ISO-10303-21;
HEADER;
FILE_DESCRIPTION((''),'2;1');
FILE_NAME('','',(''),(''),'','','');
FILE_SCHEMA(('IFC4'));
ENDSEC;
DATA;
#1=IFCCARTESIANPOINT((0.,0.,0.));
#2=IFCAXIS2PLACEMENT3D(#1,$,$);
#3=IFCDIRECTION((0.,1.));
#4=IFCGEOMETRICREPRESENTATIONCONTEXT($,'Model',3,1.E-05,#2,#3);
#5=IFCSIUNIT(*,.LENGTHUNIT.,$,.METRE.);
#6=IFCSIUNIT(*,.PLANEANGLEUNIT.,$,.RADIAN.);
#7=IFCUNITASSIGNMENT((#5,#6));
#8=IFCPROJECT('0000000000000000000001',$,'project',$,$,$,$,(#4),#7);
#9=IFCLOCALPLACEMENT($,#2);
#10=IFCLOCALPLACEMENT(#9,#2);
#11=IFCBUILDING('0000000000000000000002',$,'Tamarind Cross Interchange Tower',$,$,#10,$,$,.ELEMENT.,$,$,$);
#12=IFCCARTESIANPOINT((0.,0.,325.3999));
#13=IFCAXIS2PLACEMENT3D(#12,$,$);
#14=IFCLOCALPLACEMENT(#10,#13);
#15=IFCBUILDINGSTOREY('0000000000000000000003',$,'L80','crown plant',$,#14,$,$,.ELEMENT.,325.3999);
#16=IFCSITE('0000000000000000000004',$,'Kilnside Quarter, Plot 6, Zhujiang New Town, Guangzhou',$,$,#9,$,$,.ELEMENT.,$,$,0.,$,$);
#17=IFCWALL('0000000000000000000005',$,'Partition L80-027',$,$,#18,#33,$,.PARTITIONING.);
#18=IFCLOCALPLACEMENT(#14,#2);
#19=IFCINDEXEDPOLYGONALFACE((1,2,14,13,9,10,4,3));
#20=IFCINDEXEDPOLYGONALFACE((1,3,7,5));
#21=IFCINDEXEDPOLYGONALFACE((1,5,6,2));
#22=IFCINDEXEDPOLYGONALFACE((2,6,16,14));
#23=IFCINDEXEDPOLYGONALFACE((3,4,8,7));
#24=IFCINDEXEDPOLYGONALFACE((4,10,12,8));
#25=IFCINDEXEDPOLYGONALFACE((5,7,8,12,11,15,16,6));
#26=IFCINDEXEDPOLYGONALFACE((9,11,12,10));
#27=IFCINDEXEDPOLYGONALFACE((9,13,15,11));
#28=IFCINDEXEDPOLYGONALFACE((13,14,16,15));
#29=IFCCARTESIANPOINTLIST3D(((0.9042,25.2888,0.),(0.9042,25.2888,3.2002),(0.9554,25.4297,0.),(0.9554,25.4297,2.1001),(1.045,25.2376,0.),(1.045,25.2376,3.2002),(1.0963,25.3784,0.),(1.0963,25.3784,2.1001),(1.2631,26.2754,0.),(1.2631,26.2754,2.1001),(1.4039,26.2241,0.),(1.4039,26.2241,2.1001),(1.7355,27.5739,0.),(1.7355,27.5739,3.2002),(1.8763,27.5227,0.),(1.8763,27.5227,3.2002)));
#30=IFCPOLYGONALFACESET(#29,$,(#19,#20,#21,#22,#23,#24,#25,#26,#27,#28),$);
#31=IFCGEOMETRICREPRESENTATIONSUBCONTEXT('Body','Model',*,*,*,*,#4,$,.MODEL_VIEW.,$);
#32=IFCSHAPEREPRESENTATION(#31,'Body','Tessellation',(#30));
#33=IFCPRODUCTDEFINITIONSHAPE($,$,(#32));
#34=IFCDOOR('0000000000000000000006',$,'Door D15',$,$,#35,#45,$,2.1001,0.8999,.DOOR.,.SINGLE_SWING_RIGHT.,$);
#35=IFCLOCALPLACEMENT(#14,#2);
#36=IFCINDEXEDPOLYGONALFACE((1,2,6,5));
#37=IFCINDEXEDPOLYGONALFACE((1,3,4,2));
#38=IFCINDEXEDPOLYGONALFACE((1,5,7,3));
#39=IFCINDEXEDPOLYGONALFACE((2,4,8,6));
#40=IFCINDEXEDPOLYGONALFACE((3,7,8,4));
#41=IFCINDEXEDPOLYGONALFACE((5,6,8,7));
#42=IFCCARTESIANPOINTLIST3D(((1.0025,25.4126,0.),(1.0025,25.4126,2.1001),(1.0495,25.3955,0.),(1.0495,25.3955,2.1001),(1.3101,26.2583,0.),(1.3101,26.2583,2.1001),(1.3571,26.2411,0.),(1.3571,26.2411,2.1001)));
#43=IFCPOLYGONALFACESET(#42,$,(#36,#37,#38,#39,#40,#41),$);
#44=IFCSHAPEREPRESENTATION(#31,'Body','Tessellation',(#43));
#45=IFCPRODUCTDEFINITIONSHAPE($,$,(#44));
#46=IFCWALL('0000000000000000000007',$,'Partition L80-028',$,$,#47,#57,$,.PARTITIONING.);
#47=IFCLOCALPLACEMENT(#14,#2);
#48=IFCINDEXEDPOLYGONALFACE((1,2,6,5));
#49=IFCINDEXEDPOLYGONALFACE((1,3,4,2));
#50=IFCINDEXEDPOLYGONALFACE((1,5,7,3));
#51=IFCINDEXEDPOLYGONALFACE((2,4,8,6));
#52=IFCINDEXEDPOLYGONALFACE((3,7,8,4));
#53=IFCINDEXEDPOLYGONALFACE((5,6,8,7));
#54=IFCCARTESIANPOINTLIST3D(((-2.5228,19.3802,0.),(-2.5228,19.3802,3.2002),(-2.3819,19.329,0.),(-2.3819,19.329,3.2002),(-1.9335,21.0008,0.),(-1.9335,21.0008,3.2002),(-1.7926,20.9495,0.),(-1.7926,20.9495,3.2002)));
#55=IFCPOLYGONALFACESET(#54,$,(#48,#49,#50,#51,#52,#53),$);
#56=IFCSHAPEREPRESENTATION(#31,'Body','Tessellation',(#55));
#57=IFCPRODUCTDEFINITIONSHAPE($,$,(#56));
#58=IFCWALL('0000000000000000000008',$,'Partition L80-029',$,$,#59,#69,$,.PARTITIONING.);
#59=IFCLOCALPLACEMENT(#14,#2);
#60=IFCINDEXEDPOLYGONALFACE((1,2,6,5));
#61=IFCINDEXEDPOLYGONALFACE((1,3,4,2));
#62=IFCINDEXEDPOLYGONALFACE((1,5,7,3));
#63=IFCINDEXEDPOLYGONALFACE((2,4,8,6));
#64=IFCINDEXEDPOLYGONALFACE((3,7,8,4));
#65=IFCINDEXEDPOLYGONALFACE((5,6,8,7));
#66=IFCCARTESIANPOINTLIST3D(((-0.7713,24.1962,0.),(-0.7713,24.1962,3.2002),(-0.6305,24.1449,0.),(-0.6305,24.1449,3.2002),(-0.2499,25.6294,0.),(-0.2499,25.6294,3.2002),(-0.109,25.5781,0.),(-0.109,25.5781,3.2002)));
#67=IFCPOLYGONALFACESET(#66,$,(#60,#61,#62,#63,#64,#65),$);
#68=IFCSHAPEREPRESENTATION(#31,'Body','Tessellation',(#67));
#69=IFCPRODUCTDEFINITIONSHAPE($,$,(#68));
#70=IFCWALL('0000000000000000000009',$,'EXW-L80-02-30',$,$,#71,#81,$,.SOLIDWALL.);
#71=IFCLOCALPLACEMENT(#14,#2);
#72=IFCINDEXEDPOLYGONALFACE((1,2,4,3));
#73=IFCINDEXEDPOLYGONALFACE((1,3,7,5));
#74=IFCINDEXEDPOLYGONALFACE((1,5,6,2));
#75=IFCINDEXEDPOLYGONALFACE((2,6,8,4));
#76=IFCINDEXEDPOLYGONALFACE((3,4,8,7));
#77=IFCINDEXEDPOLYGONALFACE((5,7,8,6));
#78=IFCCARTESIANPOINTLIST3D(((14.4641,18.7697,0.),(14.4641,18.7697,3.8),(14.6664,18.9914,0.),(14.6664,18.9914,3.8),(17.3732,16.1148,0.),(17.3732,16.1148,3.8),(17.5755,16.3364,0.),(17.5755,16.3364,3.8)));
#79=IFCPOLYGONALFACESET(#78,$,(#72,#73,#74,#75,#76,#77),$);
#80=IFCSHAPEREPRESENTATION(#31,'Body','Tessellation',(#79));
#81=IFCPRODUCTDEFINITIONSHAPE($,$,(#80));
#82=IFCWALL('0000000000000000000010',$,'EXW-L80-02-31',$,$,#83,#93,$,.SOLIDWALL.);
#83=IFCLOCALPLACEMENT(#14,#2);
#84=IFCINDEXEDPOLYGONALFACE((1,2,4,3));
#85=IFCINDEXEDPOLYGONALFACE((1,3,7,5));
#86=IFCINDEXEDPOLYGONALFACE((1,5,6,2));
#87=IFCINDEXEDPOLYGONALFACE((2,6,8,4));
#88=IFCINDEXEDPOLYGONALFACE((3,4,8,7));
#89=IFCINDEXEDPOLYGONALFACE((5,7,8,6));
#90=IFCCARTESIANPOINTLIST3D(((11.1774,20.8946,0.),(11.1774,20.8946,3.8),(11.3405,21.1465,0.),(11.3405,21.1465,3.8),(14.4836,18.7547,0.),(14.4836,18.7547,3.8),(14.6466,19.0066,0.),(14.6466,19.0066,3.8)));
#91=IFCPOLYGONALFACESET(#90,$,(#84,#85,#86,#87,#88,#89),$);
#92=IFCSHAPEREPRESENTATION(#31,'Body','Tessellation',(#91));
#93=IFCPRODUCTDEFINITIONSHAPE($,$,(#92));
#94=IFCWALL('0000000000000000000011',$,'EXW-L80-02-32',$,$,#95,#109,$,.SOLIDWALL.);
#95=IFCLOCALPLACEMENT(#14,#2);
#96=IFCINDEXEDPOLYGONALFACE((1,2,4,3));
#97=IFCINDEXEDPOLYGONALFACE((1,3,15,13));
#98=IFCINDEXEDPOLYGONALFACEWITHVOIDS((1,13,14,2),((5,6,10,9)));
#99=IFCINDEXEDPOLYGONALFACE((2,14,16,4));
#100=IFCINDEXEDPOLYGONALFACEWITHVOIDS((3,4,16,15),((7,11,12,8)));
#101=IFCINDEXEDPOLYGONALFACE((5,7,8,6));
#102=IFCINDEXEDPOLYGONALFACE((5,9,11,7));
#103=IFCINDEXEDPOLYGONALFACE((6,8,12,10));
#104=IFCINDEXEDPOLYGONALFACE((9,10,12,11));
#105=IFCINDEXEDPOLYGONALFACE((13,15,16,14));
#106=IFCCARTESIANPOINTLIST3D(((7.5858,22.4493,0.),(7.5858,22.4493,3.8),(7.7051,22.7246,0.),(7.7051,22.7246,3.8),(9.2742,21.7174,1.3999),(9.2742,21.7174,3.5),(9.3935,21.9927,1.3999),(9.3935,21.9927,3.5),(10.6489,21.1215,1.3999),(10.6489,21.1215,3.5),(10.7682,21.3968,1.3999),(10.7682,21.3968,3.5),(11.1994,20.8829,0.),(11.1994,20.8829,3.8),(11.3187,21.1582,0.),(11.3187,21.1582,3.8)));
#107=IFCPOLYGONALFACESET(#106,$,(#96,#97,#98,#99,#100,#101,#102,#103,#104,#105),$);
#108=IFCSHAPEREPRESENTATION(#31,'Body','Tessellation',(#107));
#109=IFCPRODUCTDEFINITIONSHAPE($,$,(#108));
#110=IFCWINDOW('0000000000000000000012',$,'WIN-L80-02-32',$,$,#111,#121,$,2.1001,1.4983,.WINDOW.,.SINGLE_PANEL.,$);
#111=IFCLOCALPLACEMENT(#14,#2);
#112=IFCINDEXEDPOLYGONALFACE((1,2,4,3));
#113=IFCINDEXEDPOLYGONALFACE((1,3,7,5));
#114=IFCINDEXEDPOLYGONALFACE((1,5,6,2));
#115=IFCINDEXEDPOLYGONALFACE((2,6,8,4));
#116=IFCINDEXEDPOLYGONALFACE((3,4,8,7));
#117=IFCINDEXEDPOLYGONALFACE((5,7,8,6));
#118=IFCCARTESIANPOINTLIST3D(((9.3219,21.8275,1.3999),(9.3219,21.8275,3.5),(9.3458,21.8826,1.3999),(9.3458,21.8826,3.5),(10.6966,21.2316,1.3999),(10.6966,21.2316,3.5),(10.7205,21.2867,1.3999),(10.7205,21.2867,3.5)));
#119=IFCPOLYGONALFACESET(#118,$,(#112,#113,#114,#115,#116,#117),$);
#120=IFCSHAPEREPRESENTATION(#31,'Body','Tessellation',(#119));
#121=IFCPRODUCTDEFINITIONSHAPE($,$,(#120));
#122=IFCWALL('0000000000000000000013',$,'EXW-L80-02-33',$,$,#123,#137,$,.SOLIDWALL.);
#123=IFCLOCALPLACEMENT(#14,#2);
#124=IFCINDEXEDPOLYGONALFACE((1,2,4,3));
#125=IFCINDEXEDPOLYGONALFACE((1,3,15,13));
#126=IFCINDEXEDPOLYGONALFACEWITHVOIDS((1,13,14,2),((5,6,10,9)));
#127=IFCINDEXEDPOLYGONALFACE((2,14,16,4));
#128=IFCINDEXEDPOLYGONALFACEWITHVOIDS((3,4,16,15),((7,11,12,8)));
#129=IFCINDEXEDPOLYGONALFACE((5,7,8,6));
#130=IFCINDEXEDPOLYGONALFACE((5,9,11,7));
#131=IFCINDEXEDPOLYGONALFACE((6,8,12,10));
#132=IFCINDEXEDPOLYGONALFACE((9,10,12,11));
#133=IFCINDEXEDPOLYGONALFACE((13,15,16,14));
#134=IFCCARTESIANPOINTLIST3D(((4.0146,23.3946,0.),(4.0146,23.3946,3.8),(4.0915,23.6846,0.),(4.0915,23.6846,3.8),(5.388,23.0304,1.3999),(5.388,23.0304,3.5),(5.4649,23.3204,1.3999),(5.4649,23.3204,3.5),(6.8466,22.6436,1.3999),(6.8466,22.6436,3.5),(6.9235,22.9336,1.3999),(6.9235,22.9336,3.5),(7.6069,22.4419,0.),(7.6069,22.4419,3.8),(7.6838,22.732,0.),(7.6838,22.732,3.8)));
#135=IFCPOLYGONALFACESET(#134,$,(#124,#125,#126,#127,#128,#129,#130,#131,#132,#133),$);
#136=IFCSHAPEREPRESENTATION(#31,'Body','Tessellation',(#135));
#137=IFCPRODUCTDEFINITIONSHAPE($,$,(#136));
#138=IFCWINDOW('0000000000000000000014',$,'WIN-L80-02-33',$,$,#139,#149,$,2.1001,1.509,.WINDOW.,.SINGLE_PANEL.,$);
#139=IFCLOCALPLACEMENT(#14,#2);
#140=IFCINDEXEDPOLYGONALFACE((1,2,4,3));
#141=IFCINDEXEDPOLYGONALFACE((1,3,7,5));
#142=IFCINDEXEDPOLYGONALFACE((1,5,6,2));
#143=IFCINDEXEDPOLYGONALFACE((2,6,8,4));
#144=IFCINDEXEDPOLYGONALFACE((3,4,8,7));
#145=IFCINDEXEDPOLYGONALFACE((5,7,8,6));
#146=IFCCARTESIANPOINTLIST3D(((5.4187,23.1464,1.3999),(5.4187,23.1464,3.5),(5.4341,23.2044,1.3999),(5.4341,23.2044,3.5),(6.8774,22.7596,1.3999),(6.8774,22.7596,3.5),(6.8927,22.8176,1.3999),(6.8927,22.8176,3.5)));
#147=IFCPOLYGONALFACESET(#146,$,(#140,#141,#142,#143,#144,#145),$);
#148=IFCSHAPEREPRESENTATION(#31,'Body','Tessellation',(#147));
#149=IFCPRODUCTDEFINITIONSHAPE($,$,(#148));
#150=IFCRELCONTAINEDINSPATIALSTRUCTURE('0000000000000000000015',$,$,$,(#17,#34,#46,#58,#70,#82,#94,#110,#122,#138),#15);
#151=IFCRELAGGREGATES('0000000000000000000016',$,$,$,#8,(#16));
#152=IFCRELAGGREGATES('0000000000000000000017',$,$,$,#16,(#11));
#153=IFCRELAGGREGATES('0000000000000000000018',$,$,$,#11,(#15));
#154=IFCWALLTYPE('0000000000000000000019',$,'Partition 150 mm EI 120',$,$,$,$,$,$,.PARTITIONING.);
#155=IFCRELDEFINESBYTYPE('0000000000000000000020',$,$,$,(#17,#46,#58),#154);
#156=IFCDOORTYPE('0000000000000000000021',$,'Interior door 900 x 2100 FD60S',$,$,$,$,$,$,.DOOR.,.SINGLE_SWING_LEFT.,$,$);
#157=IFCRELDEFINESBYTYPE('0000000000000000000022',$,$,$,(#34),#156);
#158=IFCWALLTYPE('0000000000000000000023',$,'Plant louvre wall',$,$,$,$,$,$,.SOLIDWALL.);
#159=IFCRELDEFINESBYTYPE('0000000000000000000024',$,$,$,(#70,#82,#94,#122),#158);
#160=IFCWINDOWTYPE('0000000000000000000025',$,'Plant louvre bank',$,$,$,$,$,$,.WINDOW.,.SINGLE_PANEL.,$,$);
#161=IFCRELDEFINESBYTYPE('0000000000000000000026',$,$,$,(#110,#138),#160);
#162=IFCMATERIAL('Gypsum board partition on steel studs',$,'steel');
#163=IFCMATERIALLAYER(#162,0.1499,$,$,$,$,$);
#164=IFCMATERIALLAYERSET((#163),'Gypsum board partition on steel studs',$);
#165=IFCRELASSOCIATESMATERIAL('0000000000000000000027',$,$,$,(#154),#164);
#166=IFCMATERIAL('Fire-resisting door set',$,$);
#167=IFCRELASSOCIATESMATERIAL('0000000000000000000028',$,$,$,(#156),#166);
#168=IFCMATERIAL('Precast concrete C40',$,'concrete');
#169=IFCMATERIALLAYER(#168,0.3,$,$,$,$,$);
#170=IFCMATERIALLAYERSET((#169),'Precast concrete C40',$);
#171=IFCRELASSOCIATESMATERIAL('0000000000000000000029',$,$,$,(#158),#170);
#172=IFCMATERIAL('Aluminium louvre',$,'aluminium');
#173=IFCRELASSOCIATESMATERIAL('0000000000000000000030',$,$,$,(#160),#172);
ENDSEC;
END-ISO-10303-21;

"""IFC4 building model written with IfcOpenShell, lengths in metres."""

from ifc_helpers import new_model, si_unit, direction, frame, frame_2d, origin, place, context, subcontext, project, spatial, rectangle, extrude, material, layer, layer_set, type_object, element, fill, save


model = new_model("IFC4")

# Units and contexts
model_context = context("Model", 3, precision=1e-05, world=origin(), true_north=direction((0.0, 1.0)))
body_context = subcontext(model_context, "Body", "Model", "MODEL_VIEW")
ifc_project = project(units=[si_unit("LENGTHUNIT", "METRE"), si_unit("PLANEANGLEUNIT", "RADIAN")], contexts=[model_context])

# Site, building, storey
site_placement = place(None, origin())
site = spatial("IfcSite", under=ifc_project, at=site_placement, Name="Kilnside Quarter, Plot 6, Zhujiang New Town, Guangzhou", CompositionType="ELEMENT", RefElevation=0.0)
building_placement = place(site_placement, origin())
building = spatial("IfcBuilding", under=site, at=building_placement, Name="Tamarind Cross Interchange Tower", CompositionType="ELEMENT")
storey_placement = place(building_placement, frame((0.0, 0.0, 325.3999)))
storey = spatial("IfcBuildingStorey", under=building, at=storey_placement, Name="L80", Description="crown plant", CompositionType="ELEMENT", Elevation=325.3999)

# Shared definitions
ifc_material_1 = material(Name="Gypsum board partition on steel studs", Category="steel")
ifc_layer_1 = layer(ifc_material_1, 0.1499)
ifc_layer_set_1 = layer_set([ifc_layer_1], Name="Gypsum board partition on steel studs")
wall_type_1 = type_object("IfcWallType", Name="Partition 150 mm EI 120", PredefinedType="PARTITIONING", material=ifc_layer_set_1)

# Wall, opening, door
ifc_material_2 = material(Name="Fire-resisting door set")
door_type = type_object("IfcDoorType", Name="Interior door 900 x 2100 FD60S", OperationType="SINGLE_SWING_LEFT", PredefinedType="DOOR", material=ifc_material_2)
wall_1_placement = place(storey_placement, frame((0.9746, 25.2632, 0.0), z_axis=(0.0, 0.0, 1.0), x_axis=(0.341864, 0.939749, 0.0)))
wall_1 = element("IfcWall", 1, at=wall_1_placement, inside=storey, type_object=wall_type_1, Name="Partition L80-027", PredefinedType="PARTITIONING", context=body_context, shape_type="SweptSolid", body=[
    extrude(rectangle(XDim=2.4316, YDim=0.1499, at=frame_2d((1.2158, 0.0))), origin(), (0.0, 0.0, 1.0), 3.2002),
])
opening_1_placement = place(wall_1_placement, frame((0.1499, 0.0, 0.0)))
opening_1 = element("IfcOpeningElement", 2, at=opening_1_placement, cuts=wall_1, PredefinedType="OPENING", context=body_context, shape_type="SweptSolid", body=[
    extrude(rectangle(XDim=0.8999, YDim=2.1001, at=frame_2d((0.45, 1.05))), frame((0.0, 0.085, 0.0), z_axis=(0.0, -1.0, 0.0), x_axis=(1.0, 0.0, 0.0)), (0.0, 0.0, 1.0), 0.1699),
])
door_1_placement = place(opening_1_placement, origin())
door_1 = element("IfcDoor", 3, at=door_1_placement, inside=storey, type_object=door_type, Name="Door D15", OperationType="SINGLE_SWING_RIGHT", OverallHeight=2.1001, OverallWidth=0.8999, PredefinedType="DOOR", context=body_context, shape_type="SweptSolid", body=[
    extrude(rectangle(XDim=0.8999, YDim=2.1001, at=frame_2d((0.45, 1.05))), frame((0.0, 0.0249, 0.0), z_axis=(0.0, -1.0, 0.0), x_axis=(1.0, 0.0, 0.0)), (0.0, 0.0, 1.0), 0.05),
])
fill(opening_1, door_1)

# Walls
wall_2_placement = place(storey_placement, frame((-2.4524, 19.3545, 0.0), z_axis=(0.0, 0.0, 1.0), x_axis=(0.341766, 0.939785, 0.0)))
element("IfcWall", 4, at=wall_2_placement, inside=storey, type_object=wall_type_1, Name="Partition L80-028", PredefinedType="PARTITIONING", context=body_context, shape_type="SweptSolid", body=[
    extrude(rectangle(XDim=1.7244, YDim=0.1499, at=frame_2d((0.8623, 0.0))), origin(), (0.0, 0.0, 1.0), 3.2002),
])
wall_3_placement = place(storey_placement, frame((-0.7009, 24.1704, 0.0), z_axis=(0.0, 0.0, 1.0), x_axis=(0.341897, 0.939737, 0.0)))
element("IfcWall", 5, at=wall_3_placement, inside=storey, type_object=wall_type_1, Name="Partition L80-029", PredefinedType="PARTITIONING", context=body_context, shape_type="SweptSolid", body=[
    extrude(rectangle(XDim=1.5251, YDim=0.1499, at=frame_2d((0.7627, 0.0))), origin(), (0.0, 0.0, 1.0), 3.2002),
])

# Shared definitions
ifc_material_3 = material(Name="Precast concrete C40", Category="concrete")
ifc_layer_2 = layer(ifc_material_3, 0.3)
ifc_layer_set_2 = layer_set([ifc_layer_2], Name="Precast concrete C40")
wall_type_2 = type_object("IfcWallType", Name="Plant louvre wall", PredefinedType="SOLIDWALL", material=ifc_layer_set_2)
ifc_material_4 = material(Name="Aluminium louvre", Category="aluminium")
window_type = type_object("IfcWindowType", Name="Plant louvre bank", PartitioningType="SINGLE_PANEL", PredefinedType="WINDOW", material=ifc_material_4)

# Walls
wall_4_placement = place(storey_placement, frame((17.4744, 16.2256, 0.0), z_axis=(0.0, 0.0, 1.0), x_axis=(-0.738634, 0.674106, 0.0)))
element("IfcWall", 6, at=wall_4_placement, inside=storey, type_object=wall_type_2, Name="EXW-L80-02-30", PredefinedType="SOLIDWALL", context=body_context, shape_type="SweptSolid", body=[
    extrude(rectangle(XDim=3.9385, YDim=0.3, at=frame_2d((1.9692, 0.0))), origin(), (0.0, 0.0, 1.0), 3.8),
])
wall_5_placement = place(storey_placement, frame((14.5652, 18.8806, 0.0), z_axis=(0.0, 0.0, 1.0), x_axis=(-0.839499, 0.543362, 0.0)))
element("IfcWall", 7, at=wall_5_placement, inside=storey, type_object=wall_type_2, Name="EXW-L80-02-31", PredefinedType="SOLIDWALL", context=body_context, shape_type="SweptSolid", body=[
    extrude(rectangle(XDim=3.9382, YDim=0.3, at=frame_2d((1.9692, 0.0))), origin(), (0.0, 0.0, 1.0), 3.8),
])

# Walls, openings, windows
wall_6_placement = place(storey_placement, frame((11.259, 21.0205, 0.0), z_axis=(0.0, 0.0, 1.0), x_axis=(-0.917505, 0.397724, 0.0)))
wall_6 = element("IfcWall", 8, at=wall_6_placement, inside=storey, type_object=wall_type_2, Name="EXW-L80-02-32", PredefinedType="SOLIDWALL", context=body_context, shape_type="SweptSolid", body=[
    extrude(rectangle(XDim=3.9385, YDim=0.3, at=frame_2d((1.9692, 0.0))), origin(), (0.0, 0.0, 1.0), 3.8),
])
opening_2_placement = place(wall_6_placement, frame((0.6001, 0.0, 1.3999)))
opening_2 = element("IfcOpeningElement", 9, at=opening_2_placement, cuts=wall_6, PredefinedType="OPENING", context=body_context, shape_type="SweptSolid", body=[
    extrude(rectangle(XDim=1.4983, YDim=2.1001, at=frame_2d((0.749, 1.05))), frame((0.0, 0.1599, 0.0), z_axis=(0.0, -1.0, 0.0), x_axis=(1.0, 0.0, 0.0)), (0.0, 0.0, 1.0), 0.3201),
])
window_1_placement = place(opening_2_placement, origin())
window_1 = element("IfcWindow", 10, at=window_1_placement, inside=storey, type_object=window_type, Name="WIN-L80-02-32", OverallHeight=2.1001, OverallWidth=1.4983, PartitioningType="SINGLE_PANEL", PredefinedType="WINDOW", context=body_context, shape_type="SweptSolid", body=[
    extrude(rectangle(XDim=1.4983, YDim=2.1001, at=frame_2d((0.749, 1.05))), frame((0.0, 0.03, 0.0), z_axis=(0.0, -1.0, 0.0), x_axis=(1.0, 0.0, 0.0)), (0.0, 0.0, 1.0), 0.0601),
])
fill(opening_2, window_1)
wall_7_placement = place(storey_placement, frame((7.6455, 22.5869, 0.0), z_axis=(0.0, 0.0, 1.0), x_axis=(-0.966589, 0.256329, 0.0)))
wall_7 = element("IfcWall", 11, at=wall_7_placement, inside=storey, type_object=wall_type_2, Name="EXW-L80-02-33", PredefinedType="SOLIDWALL", context=body_context, shape_type="SweptSolid", body=[
    extrude(rectangle(XDim=3.7166, YDim=0.3, at=frame_2d((1.8584, 0.0))), origin(), (0.0, 0.0, 1.0), 3.8),
])
opening_3_placement = place(wall_7_placement, frame((0.7869, 0.0, 1.3999)))
opening_3 = element("IfcOpeningElement", 12, at=opening_3_placement, cuts=wall_7, PredefinedType="OPENING", context=body_context, shape_type="SweptSolid", body=[
    extrude(rectangle(XDim=1.509, YDim=2.1001, at=frame_2d((0.7544, 1.05))), frame((0.0, 0.1599, 0.0), z_axis=(0.0, -1.0, 0.0), x_axis=(1.0, 0.0, 0.0)), (0.0, 0.0, 1.0), 0.3201),
])
window_2_placement = place(opening_3_placement, origin())
window_2 = element("IfcWindow", 13, at=window_2_placement, inside=storey, type_object=window_type, Name="WIN-L80-02-33", OverallHeight=2.1001, OverallWidth=1.509, PartitioningType="SINGLE_PANEL", PredefinedType="WINDOW", context=body_context, shape_type="SweptSolid", body=[
    extrude(rectangle(XDim=1.509, YDim=2.1001, at=frame_2d((0.7544, 1.05))), frame((0.0, 0.03, 0.0), z_axis=(0.0, -1.0, 0.0), x_axis=(1.0, 0.0, 0.0)), (0.0, 0.0, 1.0), 0.0601),
])
fill(opening_3, window_2)

save(model, "model.ifc")
